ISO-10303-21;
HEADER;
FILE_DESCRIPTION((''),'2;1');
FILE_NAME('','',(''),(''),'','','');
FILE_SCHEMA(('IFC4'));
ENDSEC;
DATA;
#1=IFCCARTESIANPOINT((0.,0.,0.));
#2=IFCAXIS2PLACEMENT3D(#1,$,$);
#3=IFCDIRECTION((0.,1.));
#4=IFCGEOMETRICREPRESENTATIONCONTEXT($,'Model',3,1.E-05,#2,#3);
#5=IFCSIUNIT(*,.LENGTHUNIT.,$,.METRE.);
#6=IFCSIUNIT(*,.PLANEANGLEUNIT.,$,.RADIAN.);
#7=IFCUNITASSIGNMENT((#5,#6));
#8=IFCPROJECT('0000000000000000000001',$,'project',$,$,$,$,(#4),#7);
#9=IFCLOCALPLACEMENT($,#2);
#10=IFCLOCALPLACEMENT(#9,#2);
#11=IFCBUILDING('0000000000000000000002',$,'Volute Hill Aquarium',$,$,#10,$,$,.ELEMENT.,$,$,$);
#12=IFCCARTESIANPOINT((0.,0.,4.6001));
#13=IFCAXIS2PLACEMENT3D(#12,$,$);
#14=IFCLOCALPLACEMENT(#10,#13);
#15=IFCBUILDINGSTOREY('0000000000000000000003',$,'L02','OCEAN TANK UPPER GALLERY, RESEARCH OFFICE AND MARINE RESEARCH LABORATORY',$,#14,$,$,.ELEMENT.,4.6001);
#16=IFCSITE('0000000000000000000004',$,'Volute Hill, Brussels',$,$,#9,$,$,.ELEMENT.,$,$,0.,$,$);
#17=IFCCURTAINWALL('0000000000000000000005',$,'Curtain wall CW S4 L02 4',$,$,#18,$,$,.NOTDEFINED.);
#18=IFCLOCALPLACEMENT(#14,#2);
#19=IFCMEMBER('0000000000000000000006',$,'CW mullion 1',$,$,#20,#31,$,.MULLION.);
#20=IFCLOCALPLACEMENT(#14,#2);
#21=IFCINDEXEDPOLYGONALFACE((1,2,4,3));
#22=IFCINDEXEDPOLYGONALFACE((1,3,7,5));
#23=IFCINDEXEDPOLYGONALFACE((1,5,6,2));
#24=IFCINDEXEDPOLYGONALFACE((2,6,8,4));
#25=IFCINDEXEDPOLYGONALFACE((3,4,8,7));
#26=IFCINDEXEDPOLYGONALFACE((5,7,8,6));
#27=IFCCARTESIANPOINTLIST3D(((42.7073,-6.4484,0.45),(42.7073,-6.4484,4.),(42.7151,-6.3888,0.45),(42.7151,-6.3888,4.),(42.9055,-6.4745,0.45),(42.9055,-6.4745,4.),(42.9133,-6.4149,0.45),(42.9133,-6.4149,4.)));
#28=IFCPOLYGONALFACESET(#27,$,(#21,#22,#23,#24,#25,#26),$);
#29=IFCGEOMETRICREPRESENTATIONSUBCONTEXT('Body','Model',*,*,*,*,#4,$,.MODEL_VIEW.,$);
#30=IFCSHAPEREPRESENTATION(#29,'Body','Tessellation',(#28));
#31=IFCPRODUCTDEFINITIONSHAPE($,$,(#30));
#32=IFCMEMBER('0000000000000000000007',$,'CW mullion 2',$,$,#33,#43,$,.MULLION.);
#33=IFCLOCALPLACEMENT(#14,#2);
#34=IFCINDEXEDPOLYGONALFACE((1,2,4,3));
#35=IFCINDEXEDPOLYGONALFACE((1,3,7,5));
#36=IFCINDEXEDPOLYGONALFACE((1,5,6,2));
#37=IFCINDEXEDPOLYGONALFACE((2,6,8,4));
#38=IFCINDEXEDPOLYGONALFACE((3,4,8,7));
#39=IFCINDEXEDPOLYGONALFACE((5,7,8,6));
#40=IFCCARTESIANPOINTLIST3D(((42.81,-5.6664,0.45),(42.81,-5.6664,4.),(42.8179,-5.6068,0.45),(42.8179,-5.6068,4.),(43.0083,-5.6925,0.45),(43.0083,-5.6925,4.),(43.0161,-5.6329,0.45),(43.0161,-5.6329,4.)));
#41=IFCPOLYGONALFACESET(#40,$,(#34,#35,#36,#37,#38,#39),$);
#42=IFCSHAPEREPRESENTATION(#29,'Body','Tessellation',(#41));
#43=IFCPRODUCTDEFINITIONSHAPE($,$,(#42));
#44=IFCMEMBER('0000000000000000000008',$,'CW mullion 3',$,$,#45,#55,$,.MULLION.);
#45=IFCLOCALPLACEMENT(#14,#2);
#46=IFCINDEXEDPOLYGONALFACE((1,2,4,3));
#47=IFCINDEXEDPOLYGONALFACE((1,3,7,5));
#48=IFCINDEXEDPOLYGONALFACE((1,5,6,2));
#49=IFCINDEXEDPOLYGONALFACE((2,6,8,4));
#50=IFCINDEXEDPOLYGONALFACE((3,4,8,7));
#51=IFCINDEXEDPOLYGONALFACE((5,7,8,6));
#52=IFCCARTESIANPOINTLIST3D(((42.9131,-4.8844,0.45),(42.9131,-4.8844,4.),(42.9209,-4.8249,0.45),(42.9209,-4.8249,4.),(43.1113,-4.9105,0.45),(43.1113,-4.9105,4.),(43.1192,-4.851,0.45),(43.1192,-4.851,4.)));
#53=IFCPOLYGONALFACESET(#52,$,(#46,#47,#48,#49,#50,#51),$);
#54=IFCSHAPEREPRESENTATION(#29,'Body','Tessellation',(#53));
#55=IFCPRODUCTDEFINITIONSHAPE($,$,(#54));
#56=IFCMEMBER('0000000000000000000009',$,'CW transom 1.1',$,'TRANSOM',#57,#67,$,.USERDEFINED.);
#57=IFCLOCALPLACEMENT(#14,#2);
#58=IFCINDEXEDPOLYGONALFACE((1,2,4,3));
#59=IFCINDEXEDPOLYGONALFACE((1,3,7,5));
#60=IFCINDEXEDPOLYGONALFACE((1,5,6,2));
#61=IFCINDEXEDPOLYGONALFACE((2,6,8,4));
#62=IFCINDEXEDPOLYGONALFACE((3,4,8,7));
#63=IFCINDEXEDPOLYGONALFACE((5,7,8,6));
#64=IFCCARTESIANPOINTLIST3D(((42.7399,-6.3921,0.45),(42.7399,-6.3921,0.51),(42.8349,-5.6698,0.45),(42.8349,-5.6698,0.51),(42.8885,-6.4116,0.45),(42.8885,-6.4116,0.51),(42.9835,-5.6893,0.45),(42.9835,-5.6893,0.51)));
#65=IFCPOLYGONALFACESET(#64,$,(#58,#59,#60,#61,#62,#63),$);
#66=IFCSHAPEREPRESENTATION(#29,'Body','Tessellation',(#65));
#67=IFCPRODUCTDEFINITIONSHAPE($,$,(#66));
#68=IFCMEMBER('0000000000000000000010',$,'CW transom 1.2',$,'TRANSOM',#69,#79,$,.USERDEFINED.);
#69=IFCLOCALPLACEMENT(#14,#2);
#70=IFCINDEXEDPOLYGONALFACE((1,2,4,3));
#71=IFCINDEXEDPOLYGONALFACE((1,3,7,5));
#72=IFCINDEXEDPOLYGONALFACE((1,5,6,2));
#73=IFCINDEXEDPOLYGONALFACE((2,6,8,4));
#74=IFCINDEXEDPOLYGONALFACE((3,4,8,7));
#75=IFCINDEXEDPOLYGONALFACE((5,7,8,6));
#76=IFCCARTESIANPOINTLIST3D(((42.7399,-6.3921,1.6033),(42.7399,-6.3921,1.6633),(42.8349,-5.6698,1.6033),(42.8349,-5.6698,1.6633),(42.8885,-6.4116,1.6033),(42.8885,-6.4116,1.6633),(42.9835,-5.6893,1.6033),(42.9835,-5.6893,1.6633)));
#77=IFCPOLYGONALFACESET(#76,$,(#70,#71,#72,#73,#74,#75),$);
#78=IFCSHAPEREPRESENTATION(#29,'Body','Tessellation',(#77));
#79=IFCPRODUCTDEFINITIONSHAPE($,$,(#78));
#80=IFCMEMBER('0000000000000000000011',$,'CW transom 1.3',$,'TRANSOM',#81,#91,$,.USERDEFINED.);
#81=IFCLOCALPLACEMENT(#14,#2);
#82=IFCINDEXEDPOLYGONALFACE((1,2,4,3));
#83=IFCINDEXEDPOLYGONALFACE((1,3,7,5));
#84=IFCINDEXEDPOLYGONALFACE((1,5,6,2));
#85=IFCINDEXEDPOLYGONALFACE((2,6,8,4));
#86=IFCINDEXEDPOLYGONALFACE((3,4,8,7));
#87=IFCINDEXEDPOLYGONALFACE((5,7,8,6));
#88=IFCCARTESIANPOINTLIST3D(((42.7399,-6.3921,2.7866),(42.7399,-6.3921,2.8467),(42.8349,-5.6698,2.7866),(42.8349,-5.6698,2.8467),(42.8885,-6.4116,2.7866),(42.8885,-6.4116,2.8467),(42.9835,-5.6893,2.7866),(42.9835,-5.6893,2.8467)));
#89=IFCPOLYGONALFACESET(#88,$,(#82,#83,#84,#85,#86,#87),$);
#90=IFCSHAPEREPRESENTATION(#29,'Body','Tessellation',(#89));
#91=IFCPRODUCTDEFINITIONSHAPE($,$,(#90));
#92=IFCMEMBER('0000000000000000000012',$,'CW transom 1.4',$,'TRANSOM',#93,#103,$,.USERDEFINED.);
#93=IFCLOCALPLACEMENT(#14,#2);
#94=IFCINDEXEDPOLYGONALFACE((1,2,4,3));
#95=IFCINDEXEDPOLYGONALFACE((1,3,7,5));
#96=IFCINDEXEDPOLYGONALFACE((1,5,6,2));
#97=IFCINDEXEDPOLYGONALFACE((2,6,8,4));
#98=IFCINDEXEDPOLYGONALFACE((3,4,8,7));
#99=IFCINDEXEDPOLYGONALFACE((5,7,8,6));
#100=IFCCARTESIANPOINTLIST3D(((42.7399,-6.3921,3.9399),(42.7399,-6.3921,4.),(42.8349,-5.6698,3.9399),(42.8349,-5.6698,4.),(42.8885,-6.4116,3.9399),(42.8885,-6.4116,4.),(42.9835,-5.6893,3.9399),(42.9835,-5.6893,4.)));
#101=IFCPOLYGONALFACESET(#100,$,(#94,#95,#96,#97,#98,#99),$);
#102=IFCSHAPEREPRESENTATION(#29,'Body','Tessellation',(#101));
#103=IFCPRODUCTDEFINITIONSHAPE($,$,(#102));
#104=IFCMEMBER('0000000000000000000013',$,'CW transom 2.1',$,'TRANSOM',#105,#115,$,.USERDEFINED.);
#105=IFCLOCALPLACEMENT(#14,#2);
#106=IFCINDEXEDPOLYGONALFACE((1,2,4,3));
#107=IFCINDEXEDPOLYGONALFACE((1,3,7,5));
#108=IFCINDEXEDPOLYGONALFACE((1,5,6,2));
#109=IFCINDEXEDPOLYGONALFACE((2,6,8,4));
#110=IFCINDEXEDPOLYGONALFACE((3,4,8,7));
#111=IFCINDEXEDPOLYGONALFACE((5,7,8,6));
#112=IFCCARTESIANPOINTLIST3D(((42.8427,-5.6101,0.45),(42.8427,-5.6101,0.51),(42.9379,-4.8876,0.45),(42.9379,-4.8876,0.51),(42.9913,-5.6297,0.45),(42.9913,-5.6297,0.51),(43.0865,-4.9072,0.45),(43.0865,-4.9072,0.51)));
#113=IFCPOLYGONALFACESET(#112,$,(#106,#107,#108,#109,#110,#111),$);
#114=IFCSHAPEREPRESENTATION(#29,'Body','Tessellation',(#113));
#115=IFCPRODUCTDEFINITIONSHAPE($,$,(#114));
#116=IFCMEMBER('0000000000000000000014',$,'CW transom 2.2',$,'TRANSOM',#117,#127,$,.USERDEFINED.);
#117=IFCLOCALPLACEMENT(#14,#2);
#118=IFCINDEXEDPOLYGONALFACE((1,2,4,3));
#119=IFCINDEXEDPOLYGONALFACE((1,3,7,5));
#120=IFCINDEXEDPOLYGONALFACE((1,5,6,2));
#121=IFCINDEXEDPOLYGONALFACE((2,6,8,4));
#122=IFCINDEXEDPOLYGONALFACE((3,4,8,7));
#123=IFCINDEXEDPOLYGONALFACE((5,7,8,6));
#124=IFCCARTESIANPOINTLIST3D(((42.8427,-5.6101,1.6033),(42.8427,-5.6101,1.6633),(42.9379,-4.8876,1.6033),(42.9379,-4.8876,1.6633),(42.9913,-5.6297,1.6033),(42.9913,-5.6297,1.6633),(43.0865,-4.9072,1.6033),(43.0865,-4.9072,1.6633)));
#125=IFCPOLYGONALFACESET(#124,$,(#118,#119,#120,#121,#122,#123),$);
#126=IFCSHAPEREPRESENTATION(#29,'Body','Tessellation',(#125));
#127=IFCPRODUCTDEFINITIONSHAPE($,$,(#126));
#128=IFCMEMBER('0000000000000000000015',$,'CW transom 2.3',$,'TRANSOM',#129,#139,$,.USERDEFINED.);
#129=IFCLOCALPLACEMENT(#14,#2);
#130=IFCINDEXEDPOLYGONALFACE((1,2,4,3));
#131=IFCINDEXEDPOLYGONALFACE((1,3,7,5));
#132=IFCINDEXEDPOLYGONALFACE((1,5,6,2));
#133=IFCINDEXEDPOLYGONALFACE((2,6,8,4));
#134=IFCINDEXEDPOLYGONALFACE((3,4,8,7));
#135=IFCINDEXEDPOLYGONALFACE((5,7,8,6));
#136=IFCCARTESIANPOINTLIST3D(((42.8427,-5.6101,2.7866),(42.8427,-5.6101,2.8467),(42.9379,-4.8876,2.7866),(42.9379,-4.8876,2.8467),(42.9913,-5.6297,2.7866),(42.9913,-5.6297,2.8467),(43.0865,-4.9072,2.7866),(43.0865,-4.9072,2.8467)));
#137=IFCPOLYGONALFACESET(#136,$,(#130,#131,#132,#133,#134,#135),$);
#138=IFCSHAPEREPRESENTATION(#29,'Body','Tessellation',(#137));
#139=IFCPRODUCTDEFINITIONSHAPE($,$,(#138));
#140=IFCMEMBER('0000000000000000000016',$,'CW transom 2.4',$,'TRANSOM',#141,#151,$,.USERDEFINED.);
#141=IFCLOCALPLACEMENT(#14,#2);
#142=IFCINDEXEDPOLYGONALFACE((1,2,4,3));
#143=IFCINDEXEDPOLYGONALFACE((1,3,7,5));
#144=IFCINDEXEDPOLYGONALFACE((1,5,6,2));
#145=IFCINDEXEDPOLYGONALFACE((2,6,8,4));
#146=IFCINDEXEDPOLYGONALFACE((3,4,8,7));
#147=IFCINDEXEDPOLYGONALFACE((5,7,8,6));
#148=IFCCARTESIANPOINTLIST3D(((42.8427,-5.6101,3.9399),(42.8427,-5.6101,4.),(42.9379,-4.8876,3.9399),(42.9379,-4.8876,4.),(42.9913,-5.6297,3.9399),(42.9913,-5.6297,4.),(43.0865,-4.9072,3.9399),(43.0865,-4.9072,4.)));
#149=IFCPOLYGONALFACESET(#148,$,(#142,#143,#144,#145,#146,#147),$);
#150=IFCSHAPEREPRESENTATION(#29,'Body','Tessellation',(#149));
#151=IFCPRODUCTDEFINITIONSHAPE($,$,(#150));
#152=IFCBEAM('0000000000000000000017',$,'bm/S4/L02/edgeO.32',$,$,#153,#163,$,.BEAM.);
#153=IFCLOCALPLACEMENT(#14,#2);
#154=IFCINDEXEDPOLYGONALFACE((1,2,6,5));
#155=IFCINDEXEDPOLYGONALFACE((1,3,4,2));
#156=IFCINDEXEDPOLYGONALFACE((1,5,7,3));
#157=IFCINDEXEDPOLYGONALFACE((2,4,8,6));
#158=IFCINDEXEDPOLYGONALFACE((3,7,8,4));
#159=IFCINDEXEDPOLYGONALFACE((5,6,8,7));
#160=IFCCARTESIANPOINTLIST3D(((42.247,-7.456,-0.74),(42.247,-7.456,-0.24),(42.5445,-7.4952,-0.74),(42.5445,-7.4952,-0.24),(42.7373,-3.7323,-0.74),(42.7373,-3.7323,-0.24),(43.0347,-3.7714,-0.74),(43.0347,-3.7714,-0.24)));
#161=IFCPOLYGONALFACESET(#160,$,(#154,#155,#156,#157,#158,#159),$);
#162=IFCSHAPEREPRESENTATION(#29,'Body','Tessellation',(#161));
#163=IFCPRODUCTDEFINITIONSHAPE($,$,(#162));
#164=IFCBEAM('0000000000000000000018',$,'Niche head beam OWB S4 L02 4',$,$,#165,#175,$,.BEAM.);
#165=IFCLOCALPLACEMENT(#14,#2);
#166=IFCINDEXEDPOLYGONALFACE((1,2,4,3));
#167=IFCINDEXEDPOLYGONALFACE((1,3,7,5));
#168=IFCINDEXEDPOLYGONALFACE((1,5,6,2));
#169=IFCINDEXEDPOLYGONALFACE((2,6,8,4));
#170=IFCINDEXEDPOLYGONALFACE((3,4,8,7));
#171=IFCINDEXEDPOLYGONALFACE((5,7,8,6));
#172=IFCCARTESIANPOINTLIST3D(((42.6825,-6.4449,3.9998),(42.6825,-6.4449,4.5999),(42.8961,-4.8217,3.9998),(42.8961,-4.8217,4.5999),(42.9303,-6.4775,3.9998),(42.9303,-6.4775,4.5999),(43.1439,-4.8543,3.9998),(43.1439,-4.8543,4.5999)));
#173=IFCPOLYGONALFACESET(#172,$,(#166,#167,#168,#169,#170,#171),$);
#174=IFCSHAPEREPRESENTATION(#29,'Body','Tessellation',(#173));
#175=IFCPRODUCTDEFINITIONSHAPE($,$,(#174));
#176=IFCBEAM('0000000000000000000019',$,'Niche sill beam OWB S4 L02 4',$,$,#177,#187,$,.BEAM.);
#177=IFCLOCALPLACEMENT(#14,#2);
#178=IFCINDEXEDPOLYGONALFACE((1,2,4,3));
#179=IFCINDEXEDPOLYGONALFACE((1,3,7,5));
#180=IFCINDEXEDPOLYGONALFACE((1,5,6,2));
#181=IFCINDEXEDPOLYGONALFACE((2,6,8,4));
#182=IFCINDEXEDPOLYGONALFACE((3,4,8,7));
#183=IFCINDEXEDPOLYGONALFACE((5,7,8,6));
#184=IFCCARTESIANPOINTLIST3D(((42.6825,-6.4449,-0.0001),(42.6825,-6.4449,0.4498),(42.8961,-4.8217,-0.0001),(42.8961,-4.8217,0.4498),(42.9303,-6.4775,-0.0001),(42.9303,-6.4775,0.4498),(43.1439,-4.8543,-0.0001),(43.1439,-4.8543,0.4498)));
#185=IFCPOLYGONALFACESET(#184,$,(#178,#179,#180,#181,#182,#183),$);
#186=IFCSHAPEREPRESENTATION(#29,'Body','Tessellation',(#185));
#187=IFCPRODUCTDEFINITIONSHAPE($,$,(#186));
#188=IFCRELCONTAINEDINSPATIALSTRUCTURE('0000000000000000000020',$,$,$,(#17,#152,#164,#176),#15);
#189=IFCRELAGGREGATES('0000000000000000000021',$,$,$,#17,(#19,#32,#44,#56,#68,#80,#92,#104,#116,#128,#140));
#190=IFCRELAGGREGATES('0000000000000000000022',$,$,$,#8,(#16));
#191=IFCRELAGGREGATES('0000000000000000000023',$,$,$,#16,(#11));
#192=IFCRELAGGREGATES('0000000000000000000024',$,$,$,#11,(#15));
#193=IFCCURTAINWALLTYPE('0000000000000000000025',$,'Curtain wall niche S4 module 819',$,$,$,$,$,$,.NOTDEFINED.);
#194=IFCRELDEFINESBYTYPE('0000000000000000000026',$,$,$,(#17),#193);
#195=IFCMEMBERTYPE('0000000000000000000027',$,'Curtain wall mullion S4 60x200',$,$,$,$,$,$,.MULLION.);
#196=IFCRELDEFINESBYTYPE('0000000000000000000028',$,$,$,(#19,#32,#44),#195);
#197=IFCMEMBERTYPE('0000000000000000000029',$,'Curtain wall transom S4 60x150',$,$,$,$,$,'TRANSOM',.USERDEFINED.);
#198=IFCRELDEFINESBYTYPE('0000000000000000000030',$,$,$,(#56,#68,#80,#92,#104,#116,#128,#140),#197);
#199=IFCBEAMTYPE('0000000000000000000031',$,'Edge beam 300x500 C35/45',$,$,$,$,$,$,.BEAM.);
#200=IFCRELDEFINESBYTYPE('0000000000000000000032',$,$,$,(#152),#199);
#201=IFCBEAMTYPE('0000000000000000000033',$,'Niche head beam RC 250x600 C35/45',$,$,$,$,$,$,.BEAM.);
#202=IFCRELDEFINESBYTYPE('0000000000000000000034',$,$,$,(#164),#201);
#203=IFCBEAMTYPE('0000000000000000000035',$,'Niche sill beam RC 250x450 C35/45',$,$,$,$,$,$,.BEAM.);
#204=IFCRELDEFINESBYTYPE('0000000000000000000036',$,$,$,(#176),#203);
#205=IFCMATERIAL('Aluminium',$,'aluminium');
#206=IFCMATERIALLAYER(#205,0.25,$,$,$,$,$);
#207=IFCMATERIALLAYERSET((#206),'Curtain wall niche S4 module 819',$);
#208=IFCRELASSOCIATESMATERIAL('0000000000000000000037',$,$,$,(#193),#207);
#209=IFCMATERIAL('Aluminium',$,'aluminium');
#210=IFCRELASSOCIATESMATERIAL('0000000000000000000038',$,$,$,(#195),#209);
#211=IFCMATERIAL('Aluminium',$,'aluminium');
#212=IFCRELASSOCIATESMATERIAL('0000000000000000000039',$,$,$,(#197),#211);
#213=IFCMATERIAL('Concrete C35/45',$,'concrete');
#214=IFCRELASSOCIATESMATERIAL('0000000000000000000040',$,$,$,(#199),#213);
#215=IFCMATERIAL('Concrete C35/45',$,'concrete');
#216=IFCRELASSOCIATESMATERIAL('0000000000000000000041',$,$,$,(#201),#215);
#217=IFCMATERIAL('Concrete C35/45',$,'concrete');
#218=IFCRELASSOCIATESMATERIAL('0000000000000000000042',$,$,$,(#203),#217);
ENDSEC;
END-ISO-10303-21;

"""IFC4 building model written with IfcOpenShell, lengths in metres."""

from ifc_helpers import new_model, si_unit, direction, frame, origin, origin_2d, place, context, subcontext, project, spatial, rectangle, extrude, material, layer, layer_set, material_profile, profile_set, type_object, element, aggregate, save


model = new_model("IFC4")

# Units and contexts
model_context = context("Model", 3, precision=1e-05, world=origin(), true_north=direction((0.0, 1.0)))
body_context = subcontext(model_context, "Body", "Model", "MODEL_VIEW")
ifc_project = project(units=[si_unit("LENGTHUNIT", "METRE"), si_unit("PLANEANGLEUNIT", "RADIAN")], contexts=[model_context])

# Site, building, storey
site_placement = place(None, origin())
site = spatial("IfcSite", under=ifc_project, at=site_placement, Name="Volute Hill, Brussels", CompositionType="ELEMENT", RefElevation=0.0)
building_placement = place(site_placement, origin())
building = spatial("IfcBuilding", under=site, at=building_placement, Name="Volute Hill Aquarium", CompositionType="ELEMENT")
storey_placement = place(building_placement, frame((0.0, 0.0, 4.6001)))
storey = spatial("IfcBuildingStorey", under=building, at=storey_placement, Name="L02", Description="OCEAN TANK UPPER GALLERY, RESEARCH OFFICE AND MARINE RESEARCH LABORATORY", CompositionType="ELEMENT", Elevation=4.6001)

# Curtain wall, members
ifc_material_1 = material(Name="Aluminium", Category="aluminium")
ifc_layer_1 = layer(ifc_material_1, 0.25)
ifc_layer_set_1 = layer_set([ifc_layer_1], Name="Curtain wall niche S4 module 819")
curtain_wall_type = type_object("IfcCurtainWallType", Name="Curtain wall niche S4 module 819", PredefinedType="NOTDEFINED", material=ifc_layer_set_1)
curtain_wall_placement = place(storey_placement, origin())
curtain_wall = element("IfcCurtainWall", 1, at=curtain_wall_placement, inside=storey, type_object=curtain_wall_type, Name="Curtain wall CW S4 L02 4", PredefinedType="NOTDEFINED")
ifc_material_2 = material(Name="Aluminium", Category="aluminium")
ifc_material_profile_1 = material_profile(ifc_material_2, rectangle(XDim=0.2, YDim=0.0601, at=origin_2d()), Name="Curtain wall mullion S4 60x200")
ifc_profile_set_1 = profile_set([ifc_material_profile_1], Name="Aluminium")
member_type_1 = type_object("IfcMemberType", Name="Curtain wall mullion S4 60x200", PredefinedType="MULLION", material=ifc_profile_set_1)
member_1_placement = place(storey_placement, frame((42.8103, -6.4316, 0.45), z_axis=(0.0, 0.0, 1.0), x_axis=(-0.991446, 0.130516, 0.0)))
member_1 = element("IfcMember", 2, at=member_1_placement, type_object=member_type_1, Name="CW mullion 1", PredefinedType="MULLION", context=body_context, shape_type="SweptSolid", body=[
    extrude(rectangle(XDim=0.2, YDim=0.0601, at=origin_2d()), origin(), (0.0, 0.0, 1.0), 3.55),
])
member_2_placement = place(storey_placement, frame((42.9131, -5.6497, 0.45), z_axis=(0.0, 0.0, 1.0), x_axis=(-0.991446, 0.130516, 0.0)))
member_2 = element("IfcMember", 3, at=member_2_placement, type_object=member_type_1, Name="CW mullion 2", PredefinedType="MULLION", context=body_context, shape_type="SweptSolid", body=[
    extrude(rectangle(XDim=0.2, YDim=0.0601, at=origin_2d()), origin(), (0.0, 0.0, 1.0), 3.55),
])
member_3_placement = place(storey_placement, frame((43.0161, -4.8677, 0.45), z_axis=(0.0, 0.0, 1.0), x_axis=(-0.991446, 0.130516, 0.0)))
member_3 = element("IfcMember", 4, at=member_3_placement, type_object=member_type_1, Name="CW mullion 3", PredefinedType="MULLION", context=body_context, shape_type="SweptSolid", body=[
    extrude(rectangle(XDim=0.2, YDim=0.0601, at=origin_2d()), origin(), (0.0, 0.0, 1.0), 3.55),
])
ifc_material_3 = material(Name="Aluminium", Category="aluminium")
ifc_material_profile_2 = material_profile(ifc_material_3, rectangle(XDim=0.1499, YDim=0.0601, at=origin_2d()), Name="Curtain wall transom S4 60x150")
ifc_profile_set_2 = profile_set([ifc_material_profile_2], Name="Aluminium")
member_type_2 = type_object("IfcMemberType", Name="Curtain wall transom S4 60x150", ElementType="TRANSOM", PredefinedType="USERDEFINED", material=ifc_profile_set_2)
member_4_placement = place(storey_placement, frame((42.8142, -6.4019, 0.48), z_axis=(0.130342, 0.991469, 0.0), x_axis=(-0.991469, 0.130342, 0.0)))
member_4 = element("IfcMember", 5, at=member_4_placement, type_object=member_type_2, Name="CW transom 1.1", ObjectType="TRANSOM", PredefinedType="USERDEFINED", context=body_context, shape_type="SweptSolid", body=[
    extrude(rectangle(XDim=0.1499, YDim=0.0601, at=origin_2d()), origin(), (0.0, 0.0, 1.0), 0.7285),
])
member_5_placement = place(storey_placement, frame((42.8142, -6.4019, 1.6333), z_axis=(0.130342, 0.991469, 0.0), x_axis=(-0.991469, 0.130342, 0.0)))
member_5 = element("IfcMember", 6, at=member_5_placement, type_object=member_type_2, Name="CW transom 1.2", ObjectType="TRANSOM", PredefinedType="USERDEFINED", context=body_context, shape_type="SweptSolid", body=[
    extrude(rectangle(XDim=0.1499, YDim=0.0601, at=origin_2d()), origin(), (0.0, 0.0, 1.0), 0.7285),
])
member_6_placement = place(storey_placement, frame((42.8142, -6.4019, 2.8167), z_axis=(0.130342, 0.991469, 0.0), x_axis=(-0.991469, 0.130342, 0.0)))
member_6 = element("IfcMember", 7, at=member_6_placement, type_object=member_type_2, Name="CW transom 1.3", ObjectType="TRANSOM", PredefinedType="USERDEFINED", context=body_context, shape_type="SweptSolid", body=[
    extrude(rectangle(XDim=0.1499, YDim=0.0601, at=origin_2d()), origin(), (0.0, 0.0, 1.0), 0.7285),
])
member_7_placement = place(storey_placement, frame((42.8142, -6.4019, 3.97), z_axis=(0.130342, 0.991469, 0.0), x_axis=(-0.991469, 0.130342, 0.0)))
member_7 = element("IfcMember", 8, at=member_7_placement, type_object=member_type_2, Name="CW transom 1.4", ObjectType="TRANSOM", PredefinedType="USERDEFINED", context=body_context, shape_type="SweptSolid", body=[
    extrude(rectangle(XDim=0.1499, YDim=0.0601, at=origin_2d()), origin(), (0.0, 0.0, 1.0), 0.7285),
])
member_8_placement = place(storey_placement, frame((42.917, -5.6199, 0.48), z_axis=(0.130671, 0.991426, 0.0), x_axis=(-0.991426, 0.130671, 0.0)))
member_8 = element("IfcMember", 9, at=member_8_placement, type_object=member_type_2, Name="CW transom 2.1", ObjectType="TRANSOM", PredefinedType="USERDEFINED", context=body_context, shape_type="SweptSolid", body=[
    extrude(rectangle(XDim=0.1499, YDim=0.0601, at=origin_2d()), origin(), (0.0, 0.0, 1.0), 0.7288),
])
member_9_placement = place(storey_placement, frame((42.917, -5.6199, 1.6333), z_axis=(0.130671, 0.991426, 0.0), x_axis=(-0.991426, 0.130671, 0.0)))
member_9 = element("IfcMember", 10, at=member_9_placement, type_object=member_type_2, Name="CW transom 2.2", ObjectType="TRANSOM", PredefinedType="USERDEFINED", context=body_context, shape_type="SweptSolid", body=[
    extrude(rectangle(XDim=0.1499, YDim=0.0601, at=origin_2d()), origin(), (0.0, 0.0, 1.0), 0.7288),
])
member_10_placement = place(storey_placement, frame((42.917, -5.6199, 2.8167), z_axis=(0.130671, 0.991426, 0.0), x_axis=(-0.991426, 0.130671, 0.0)))
member_10 = element("IfcMember", 11, at=member_10_placement, type_object=member_type_2, Name="CW transom 2.3", ObjectType="TRANSOM", PredefinedType="USERDEFINED", context=body_context, shape_type="SweptSolid", body=[
    extrude(rectangle(XDim=0.1499, YDim=0.0601, at=origin_2d()), origin(), (0.0, 0.0, 1.0), 0.7288),
])
member_11_placement = place(storey_placement, frame((42.917, -5.6199, 3.97), z_axis=(0.130671, 0.991426, 0.0), x_axis=(-0.991426, 0.130671, 0.0)))
member_11 = element("IfcMember", 12, at=member_11_placement, type_object=member_type_2, Name="CW transom 2.4", ObjectType="TRANSOM", PredefinedType="USERDEFINED", context=body_context, shape_type="SweptSolid", body=[
    extrude(rectangle(XDim=0.1499, YDim=0.0601, at=origin_2d()), origin(), (0.0, 0.0, 1.0), 0.7288),
])

# Beams
ifc_material_4 = material(Name="Concrete C35/45", Category="concrete")
ifc_material_profile_3 = material_profile(ifc_material_4, rectangle(XDim=0.3, YDim=0.5, at=origin_2d()), Name="RC edge beam 300x500")
ifc_profile_set_3 = profile_set([ifc_material_profile_3], Name="Concrete C35/45")
beam_type_1 = type_object("IfcBeamType", Name="Edge beam 300x500 C35/45", PredefinedType="BEAM", material=ifc_profile_set_3)
beam_1_placement = place(storey_placement, frame((42.3958, -7.4756, -0.49), z_axis=(0.130528, 0.991445, 0.0), x_axis=(-0.991445, 0.130528, 0.0)))
element("IfcBeam", 13, at=beam_1_placement, inside=storey, type_object=beam_type_1, Name="bm/S4/L02/edgeO.32", PredefinedType="BEAM", context=body_context, shape_type="SweptSolid", body=[
    extrude(rectangle(XDim=0.3, YDim=0.5, at=origin_2d()), origin(), (0.0, 0.0, 1.0), 3.7559),
])
ifc_material_5 = material(Name="Concrete C35/45", Category="concrete")
ifc_material_profile_4 = material_profile(ifc_material_5, rectangle(XDim=0.25, YDim=0.6001, at=origin_2d()), Name="RC beam 250x600")
ifc_profile_set_4 = profile_set([ifc_material_profile_4], Name="Concrete C35/45")
beam_type_2 = type_object("IfcBeamType", Name="Niche head beam RC 250x600 C35/45", PredefinedType="BEAM", material=ifc_profile_set_4)
beam_2_placement = place(storey_placement, frame((42.8064, -6.4612, 4.2998), z_axis=(0.130474, 0.991452, 0.0), x_axis=(-0.991452, 0.130474, 0.0)))
element("IfcBeam", 14, at=beam_2_placement, inside=storey, type_object=beam_type_2, Name="Niche head beam OWB S4 L02 4", PredefinedType="BEAM", context=body_context, shape_type="SweptSolid", body=[
    extrude(rectangle(XDim=0.25, YDim=0.6001, at=origin_2d()), origin(), (0.0, 0.0, 1.0), 1.6372),
])
ifc_material_6 = material(Name="Concrete C35/45", Category="concrete")
ifc_material_profile_5 = material_profile(ifc_material_6, rectangle(XDim=0.25, YDim=0.45, at=origin_2d()), Name="RC beam 250x450")
ifc_profile_set_5 = profile_set([ifc_material_profile_5], Name="Concrete C35/45")
beam_type_3 = type_object("IfcBeamType", Name="Niche sill beam RC 250x450 C35/45", PredefinedType="BEAM", material=ifc_profile_set_5)
beam_3_placement = place(storey_placement, frame((42.8064, -6.4612, 0.2249), z_axis=(0.130474, 0.991452, 0.0), x_axis=(-0.991452, 0.130474, 0.0)))
element("IfcBeam", 15, at=beam_3_placement, inside=storey, type_object=beam_type_3, Name="Niche sill beam OWB S4 L02 4", PredefinedType="BEAM", context=body_context, shape_type="SweptSolid", body=[
    extrude(rectangle(XDim=0.25, YDim=0.45, at=origin_2d()), origin(), (0.0, 0.0, 1.0), 1.6372),
])

aggregate(curtain_wall, [member_1, member_2, member_3, member_4, member_5, member_6, member_7, member_8, member_9, member_10, member_11])

save(model, "model.ifc")
